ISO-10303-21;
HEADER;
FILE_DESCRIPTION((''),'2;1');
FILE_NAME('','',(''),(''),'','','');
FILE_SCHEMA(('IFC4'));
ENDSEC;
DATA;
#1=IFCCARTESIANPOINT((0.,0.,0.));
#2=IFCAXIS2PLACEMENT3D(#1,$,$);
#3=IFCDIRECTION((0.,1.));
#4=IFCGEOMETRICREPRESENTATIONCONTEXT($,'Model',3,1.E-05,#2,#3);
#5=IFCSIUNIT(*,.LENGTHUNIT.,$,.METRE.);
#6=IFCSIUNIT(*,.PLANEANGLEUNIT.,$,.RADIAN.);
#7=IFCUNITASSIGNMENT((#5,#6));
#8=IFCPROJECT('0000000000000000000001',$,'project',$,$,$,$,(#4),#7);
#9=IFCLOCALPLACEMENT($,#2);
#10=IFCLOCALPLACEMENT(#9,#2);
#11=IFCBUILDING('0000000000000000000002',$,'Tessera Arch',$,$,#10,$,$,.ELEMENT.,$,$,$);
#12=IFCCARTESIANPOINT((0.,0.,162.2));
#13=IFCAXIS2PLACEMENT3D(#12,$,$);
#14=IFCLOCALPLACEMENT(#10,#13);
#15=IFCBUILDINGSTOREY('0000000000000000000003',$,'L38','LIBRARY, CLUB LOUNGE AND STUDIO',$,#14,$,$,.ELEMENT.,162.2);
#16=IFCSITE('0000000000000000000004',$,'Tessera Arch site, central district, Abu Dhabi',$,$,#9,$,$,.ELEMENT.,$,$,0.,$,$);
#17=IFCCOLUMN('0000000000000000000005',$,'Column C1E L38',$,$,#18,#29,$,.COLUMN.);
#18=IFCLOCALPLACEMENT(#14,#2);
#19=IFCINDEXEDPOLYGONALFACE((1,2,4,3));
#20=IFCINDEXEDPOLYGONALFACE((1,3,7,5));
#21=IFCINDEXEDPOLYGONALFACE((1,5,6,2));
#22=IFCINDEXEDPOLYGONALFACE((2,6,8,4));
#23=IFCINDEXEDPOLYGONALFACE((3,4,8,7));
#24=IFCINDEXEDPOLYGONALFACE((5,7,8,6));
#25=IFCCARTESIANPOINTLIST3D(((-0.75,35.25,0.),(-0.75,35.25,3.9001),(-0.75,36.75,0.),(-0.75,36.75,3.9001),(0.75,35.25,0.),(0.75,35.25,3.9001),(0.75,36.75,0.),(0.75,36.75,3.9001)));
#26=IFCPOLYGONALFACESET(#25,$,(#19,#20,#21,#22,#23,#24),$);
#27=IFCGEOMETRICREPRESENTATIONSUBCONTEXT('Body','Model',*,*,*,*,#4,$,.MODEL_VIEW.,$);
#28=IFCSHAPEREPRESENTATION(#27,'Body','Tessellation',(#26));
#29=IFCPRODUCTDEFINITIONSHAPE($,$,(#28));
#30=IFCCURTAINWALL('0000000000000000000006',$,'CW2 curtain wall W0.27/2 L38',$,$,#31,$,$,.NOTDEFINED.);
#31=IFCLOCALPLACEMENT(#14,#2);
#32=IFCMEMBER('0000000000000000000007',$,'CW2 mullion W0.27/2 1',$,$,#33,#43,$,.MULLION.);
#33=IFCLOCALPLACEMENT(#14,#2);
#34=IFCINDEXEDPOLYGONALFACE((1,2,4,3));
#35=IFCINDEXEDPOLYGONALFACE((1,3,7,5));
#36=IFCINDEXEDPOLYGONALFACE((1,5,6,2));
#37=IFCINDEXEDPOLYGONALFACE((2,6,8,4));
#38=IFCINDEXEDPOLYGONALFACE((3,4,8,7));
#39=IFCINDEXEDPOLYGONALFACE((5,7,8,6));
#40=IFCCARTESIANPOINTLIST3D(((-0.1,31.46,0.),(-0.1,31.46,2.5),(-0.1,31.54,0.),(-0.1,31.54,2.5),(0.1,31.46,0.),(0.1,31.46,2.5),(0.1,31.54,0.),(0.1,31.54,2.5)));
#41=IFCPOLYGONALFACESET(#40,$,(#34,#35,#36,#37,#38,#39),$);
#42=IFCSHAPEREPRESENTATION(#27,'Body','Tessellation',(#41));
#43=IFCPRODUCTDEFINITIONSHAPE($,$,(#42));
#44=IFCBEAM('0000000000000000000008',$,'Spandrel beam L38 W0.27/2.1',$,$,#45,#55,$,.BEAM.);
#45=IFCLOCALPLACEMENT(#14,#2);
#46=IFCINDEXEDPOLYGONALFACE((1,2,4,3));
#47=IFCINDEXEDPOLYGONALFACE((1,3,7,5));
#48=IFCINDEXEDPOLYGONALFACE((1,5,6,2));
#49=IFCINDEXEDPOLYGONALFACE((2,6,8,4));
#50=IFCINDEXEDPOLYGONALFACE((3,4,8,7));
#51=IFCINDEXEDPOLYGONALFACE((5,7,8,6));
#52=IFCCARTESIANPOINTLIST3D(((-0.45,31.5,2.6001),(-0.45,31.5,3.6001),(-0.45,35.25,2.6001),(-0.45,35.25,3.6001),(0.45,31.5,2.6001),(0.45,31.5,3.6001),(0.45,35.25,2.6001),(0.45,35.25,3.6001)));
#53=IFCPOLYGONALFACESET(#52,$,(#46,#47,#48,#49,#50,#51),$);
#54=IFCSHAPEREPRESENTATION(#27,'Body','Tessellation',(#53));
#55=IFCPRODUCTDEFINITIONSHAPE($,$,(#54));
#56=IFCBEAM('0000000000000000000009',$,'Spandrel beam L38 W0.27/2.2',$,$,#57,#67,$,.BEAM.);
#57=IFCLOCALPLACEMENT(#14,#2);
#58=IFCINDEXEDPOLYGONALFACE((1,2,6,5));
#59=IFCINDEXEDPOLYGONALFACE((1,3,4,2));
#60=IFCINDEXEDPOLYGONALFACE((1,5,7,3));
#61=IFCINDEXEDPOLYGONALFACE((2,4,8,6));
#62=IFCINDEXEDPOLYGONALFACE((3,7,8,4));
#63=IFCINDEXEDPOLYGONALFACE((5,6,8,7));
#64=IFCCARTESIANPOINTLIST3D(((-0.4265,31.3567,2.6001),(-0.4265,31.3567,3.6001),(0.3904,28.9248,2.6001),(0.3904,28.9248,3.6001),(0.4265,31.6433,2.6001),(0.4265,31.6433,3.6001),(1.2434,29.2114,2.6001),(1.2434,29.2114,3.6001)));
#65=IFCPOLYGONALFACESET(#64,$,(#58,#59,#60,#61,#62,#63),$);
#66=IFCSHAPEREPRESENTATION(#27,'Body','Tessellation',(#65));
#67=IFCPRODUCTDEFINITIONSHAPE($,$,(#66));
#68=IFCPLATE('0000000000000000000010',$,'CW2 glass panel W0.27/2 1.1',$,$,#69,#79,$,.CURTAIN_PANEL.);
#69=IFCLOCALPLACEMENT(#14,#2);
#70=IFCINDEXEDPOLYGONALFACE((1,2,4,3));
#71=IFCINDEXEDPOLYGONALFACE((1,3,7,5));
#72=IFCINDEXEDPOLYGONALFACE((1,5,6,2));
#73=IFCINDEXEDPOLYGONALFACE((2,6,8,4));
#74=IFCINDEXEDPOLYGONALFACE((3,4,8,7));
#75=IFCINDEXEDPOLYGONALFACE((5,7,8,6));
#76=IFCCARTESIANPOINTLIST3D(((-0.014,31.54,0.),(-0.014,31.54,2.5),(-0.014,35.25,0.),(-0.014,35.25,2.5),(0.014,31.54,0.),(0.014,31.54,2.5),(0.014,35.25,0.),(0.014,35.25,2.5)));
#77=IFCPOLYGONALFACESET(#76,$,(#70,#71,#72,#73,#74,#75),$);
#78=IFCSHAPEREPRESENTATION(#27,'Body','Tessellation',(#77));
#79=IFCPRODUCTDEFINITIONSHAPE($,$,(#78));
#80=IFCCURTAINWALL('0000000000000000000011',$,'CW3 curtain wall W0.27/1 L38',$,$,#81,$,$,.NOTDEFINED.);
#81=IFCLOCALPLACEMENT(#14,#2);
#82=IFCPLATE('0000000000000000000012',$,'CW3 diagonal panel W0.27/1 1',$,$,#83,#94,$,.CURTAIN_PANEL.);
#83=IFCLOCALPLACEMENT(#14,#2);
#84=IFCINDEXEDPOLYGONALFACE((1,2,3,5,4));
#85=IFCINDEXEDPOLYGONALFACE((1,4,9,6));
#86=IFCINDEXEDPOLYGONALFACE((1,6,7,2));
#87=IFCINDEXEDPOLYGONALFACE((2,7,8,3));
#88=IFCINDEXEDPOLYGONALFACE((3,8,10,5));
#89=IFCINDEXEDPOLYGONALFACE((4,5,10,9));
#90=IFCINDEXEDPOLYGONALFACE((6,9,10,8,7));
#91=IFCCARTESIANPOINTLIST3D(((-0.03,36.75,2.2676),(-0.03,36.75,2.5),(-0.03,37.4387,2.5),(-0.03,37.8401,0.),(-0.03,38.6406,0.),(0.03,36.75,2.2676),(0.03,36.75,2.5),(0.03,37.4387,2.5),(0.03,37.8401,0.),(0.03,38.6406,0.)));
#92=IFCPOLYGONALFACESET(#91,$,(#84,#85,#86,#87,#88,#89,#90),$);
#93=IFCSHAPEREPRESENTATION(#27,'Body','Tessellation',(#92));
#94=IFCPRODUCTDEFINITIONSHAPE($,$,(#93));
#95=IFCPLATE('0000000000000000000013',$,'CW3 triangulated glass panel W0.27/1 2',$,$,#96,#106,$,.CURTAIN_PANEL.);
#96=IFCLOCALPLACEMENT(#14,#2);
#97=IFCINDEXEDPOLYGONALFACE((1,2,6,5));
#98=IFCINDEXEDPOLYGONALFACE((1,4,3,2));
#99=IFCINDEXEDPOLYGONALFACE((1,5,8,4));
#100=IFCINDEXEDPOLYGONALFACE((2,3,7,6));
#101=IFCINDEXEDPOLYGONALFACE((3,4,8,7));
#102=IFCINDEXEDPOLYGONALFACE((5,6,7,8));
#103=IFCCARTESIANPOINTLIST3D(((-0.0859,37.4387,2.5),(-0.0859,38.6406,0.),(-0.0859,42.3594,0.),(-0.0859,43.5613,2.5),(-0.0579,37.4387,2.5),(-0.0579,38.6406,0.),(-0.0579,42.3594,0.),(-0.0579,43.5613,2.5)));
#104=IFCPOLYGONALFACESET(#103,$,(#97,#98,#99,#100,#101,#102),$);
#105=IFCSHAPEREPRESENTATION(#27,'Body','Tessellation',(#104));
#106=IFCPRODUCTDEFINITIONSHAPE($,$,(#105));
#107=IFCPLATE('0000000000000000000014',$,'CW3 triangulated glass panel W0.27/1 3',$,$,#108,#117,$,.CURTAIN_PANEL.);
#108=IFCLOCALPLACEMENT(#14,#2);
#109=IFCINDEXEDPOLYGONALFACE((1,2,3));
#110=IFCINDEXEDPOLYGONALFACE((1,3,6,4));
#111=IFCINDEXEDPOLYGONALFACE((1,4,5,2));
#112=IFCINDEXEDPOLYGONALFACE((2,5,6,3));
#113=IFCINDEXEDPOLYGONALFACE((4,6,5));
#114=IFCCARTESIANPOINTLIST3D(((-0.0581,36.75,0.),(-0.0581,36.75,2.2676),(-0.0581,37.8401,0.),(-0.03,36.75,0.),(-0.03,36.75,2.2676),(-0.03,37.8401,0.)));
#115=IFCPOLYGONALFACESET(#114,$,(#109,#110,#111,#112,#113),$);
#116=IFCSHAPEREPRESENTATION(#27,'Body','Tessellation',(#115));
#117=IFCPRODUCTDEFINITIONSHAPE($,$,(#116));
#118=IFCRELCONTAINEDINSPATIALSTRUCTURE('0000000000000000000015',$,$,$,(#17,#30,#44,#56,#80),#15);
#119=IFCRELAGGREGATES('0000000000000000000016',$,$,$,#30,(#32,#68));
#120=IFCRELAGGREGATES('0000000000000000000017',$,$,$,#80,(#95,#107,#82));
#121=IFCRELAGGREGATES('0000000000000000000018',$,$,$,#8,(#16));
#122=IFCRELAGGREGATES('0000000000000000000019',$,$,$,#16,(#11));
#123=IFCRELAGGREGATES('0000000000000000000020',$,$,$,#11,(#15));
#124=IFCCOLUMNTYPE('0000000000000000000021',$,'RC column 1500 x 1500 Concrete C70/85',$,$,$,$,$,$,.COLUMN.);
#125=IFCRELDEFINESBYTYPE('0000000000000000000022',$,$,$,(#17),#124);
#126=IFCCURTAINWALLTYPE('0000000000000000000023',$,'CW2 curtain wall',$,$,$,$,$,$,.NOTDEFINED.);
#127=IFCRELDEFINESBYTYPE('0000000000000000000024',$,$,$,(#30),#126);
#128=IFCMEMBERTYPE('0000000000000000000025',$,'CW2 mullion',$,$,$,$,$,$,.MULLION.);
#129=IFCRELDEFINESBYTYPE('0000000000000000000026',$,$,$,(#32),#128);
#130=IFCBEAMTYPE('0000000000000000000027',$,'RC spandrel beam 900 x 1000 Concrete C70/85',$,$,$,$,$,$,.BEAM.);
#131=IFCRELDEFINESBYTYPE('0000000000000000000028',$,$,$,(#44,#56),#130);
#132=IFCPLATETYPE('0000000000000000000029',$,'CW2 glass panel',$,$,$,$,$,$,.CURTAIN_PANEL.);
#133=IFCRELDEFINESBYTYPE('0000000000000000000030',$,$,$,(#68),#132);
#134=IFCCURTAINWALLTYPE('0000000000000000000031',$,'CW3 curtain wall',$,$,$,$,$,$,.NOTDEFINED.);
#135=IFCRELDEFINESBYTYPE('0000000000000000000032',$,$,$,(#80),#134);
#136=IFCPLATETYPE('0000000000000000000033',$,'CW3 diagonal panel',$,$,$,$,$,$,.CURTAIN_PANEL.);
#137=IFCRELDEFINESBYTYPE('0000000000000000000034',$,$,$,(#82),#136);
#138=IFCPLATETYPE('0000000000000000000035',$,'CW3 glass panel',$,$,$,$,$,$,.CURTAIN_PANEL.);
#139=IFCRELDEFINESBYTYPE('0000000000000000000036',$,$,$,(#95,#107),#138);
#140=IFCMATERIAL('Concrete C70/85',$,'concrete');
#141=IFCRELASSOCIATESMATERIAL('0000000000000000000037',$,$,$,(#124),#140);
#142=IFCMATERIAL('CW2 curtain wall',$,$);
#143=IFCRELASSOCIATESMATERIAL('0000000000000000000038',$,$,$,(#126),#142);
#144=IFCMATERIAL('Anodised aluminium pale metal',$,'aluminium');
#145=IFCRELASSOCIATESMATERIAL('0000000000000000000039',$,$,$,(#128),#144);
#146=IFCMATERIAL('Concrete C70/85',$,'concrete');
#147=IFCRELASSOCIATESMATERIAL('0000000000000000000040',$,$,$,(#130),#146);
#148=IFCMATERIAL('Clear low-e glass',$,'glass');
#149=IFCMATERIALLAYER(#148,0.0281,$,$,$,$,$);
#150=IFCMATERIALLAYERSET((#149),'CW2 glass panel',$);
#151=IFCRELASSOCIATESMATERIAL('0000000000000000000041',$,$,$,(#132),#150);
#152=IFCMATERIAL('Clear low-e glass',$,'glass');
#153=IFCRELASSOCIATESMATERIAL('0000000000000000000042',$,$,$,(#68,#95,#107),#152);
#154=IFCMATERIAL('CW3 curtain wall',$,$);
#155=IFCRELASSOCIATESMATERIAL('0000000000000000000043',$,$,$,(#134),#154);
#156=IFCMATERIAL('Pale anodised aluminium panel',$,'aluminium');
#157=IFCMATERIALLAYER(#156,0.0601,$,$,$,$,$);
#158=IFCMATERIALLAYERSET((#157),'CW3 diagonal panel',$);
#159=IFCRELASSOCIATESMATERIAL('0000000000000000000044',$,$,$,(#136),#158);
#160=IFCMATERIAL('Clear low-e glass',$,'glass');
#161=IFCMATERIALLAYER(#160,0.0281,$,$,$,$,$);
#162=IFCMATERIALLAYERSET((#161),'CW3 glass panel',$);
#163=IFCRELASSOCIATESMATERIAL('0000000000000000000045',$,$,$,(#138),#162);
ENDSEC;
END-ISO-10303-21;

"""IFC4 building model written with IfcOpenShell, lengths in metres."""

from ifc_helpers import new_model, si_unit, direction, frame, origin, origin_2d, place, context, subcontext, project, spatial, polyline, rectangle, outline, extrude, material, layer, layer_set, material_profile, profile_set, type_object, element, aggregate, save


model = new_model("IFC4")

# Units and contexts
model_context = context("Model", 3, precision=1e-05, world=origin(), true_north=direction((0.0, 1.0)))
body_context = subcontext(model_context, "Body", "Model", "MODEL_VIEW")
ifc_project = project(units=[si_unit("LENGTHUNIT", "METRE"), si_unit("PLANEANGLEUNIT", "RADIAN")], contexts=[model_context])

# Site, building, storey
site_placement = place(None, origin())
site = spatial("IfcSite", under=ifc_project, at=site_placement, Name="Tessera Arch site, central district, Abu Dhabi", CompositionType="ELEMENT", RefElevation=0.0)
building_placement = place(site_placement, origin())
building = spatial("IfcBuilding", under=site, at=building_placement, Name="Tessera Arch", CompositionType="ELEMENT")
storey_placement = place(building_placement, frame((0.0, 0.0, 162.2)))
storey = spatial("IfcBuildingStorey", under=building, at=storey_placement, Name="L38", Description="LIBRARY, CLUB LOUNGE AND STUDIO", CompositionType="ELEMENT", Elevation=162.2)

# Column
ifc_material_1 = material(Name="Concrete C70/85", Category="concrete")
ifc_material_profile_1 = material_profile(ifc_material_1, rectangle(XDim=1.5, YDim=1.5, at=origin_2d()), Name="RC column 1500 x 1500 Concrete C70/85")
ifc_profile_set_1 = profile_set([ifc_material_profile_1], Name="Concrete C70/85")
column_type = type_object("IfcColumnType", Name="RC column 1500 x 1500 Concrete C70/85", PredefinedType="COLUMN", material=ifc_profile_set_1)
column_placement = place(storey_placement, frame((0.0, 36.0, 0.0), z_axis=(0.0, 0.0, 1.0), x_axis=(1.0, 0.0, 0.0)))
element("IfcColumn", 1, at=column_placement, inside=storey, type_object=column_type, Name="Column C1E L38", PredefinedType="COLUMN", context=body_context, shape_type="SweptSolid", body=[
    extrude(rectangle(XDim=1.5, YDim=1.5, at=origin_2d()), origin(), (0.0, 0.0, 1.0), 3.9001),
])

# Curtain wall, member
ifc_material_2 = material(Name="CW2 curtain wall")
curtain_wall_type_1 = type_object("IfcCurtainWallType", Name="CW2 curtain wall", PredefinedType="NOTDEFINED", material=ifc_material_2)
curtain_wall_1_placement = place(storey_placement, origin())
curtain_wall_1 = element("IfcCurtainWall", 2, at=curtain_wall_1_placement, inside=storey, type_object=curtain_wall_type_1, Name="CW2 curtain wall W0.27/2 L38", PredefinedType="NOTDEFINED")
ifc_material_3 = material(Name="Anodised aluminium pale metal", Category="aluminium")
ifc_material_profile_2 = material_profile(ifc_material_3, rectangle(XDim=0.2, YDim=0.0801, at=origin_2d()), Name="AL 80x200")
ifc_profile_set_2 = profile_set([ifc_material_profile_2], Name="Anodised aluminium pale metal")
member_type = type_object("IfcMemberType", Name="CW2 mullion", PredefinedType="MULLION", material=ifc_profile_set_2)
member_placement = place(storey_placement, frame((0.0, 31.5, 0.0), z_axis=(0.0, 0.0, 1.0), x_axis=(1.0, 0.0, 0.0)))
member = element("IfcMember", 3, at=member_placement, type_object=member_type, Name="CW2 mullion W0.27/2 1", PredefinedType="MULLION", context=body_context, shape_type="SweptSolid", body=[
    extrude(rectangle(XDim=0.2, YDim=0.0801, at=origin_2d()), origin(), (0.0, 0.0, 1.0), 2.5),
])

# Beams
ifc_material_4 = material(Name="Concrete C70/85", Category="concrete")
ifc_material_profile_3 = material_profile(ifc_material_4, rectangle(XDim=0.8999, YDim=1.0, at=origin_2d()), Name="RC spandrel beam 900 x 1000 Concrete C70/85")
ifc_profile_set_3 = profile_set([ifc_material_profile_3], Name="Concrete C70/85")
beam_type = type_object("IfcBeamType", Name="RC spandrel beam 900 x 1000 Concrete C70/85", PredefinedType="BEAM", material=ifc_profile_set_3)
beam_1_placement = place(storey_placement, frame((0.0, 35.25, 3.1001), z_axis=(0.0, -1.0, 0.0), x_axis=(1.0, 0.0, 0.0)))
element("IfcBeam", 4, at=beam_1_placement, inside=storey, type_object=beam_type, Name="Spandrel beam L38 W0.27/2.1", PredefinedType="BEAM", context=body_context, shape_type="SweptSolid", body=[
    extrude(rectangle(XDim=0.8999, YDim=1.0, at=origin_2d()), origin(), (0.0, 0.0, 1.0), 3.75),
])
beam_2_placement = place(storey_placement, frame((0.0, 31.5, 3.1001), z_axis=(0.318425, -0.947948, 0.0), x_axis=(0.947948, 0.318425, 0.0)))
element("IfcBeam", 5, at=beam_2_placement, inside=storey, type_object=beam_type, Name="Spandrel beam L38 W0.27/2.2", PredefinedType="BEAM", context=body_context, shape_type="SweptSolid", body=[
    extrude(rectangle(XDim=0.8999, YDim=1.0, at=origin_2d()), origin(), (0.0, 0.0, 1.0), 2.5654),
])

# Plate
ifc_material_5 = material(Name="Clear low-e glass", Category="glass")
ifc_material_6 = material(Name="Clear low-e glass", Category="glass")
ifc_layer_1 = layer(ifc_material_6, 0.0281)
ifc_layer_set_1 = layer_set([ifc_layer_1], Name="CW2 glass panel")
plate_type_1 = type_object("IfcPlateType", Name="CW2 glass panel", PredefinedType="CURTAIN_PANEL", material=ifc_layer_set_1)
plate_1_placement = place(storey_placement, frame((0.0, 33.395, 0.0), z_axis=(0.0, 0.0, 1.0), x_axis=(0.0, -1.0, 0.0)))
plate_1 = element("IfcPlate", 6, at=plate_1_placement, type_object=plate_type_1, material=ifc_material_5, Name="CW2 glass panel W0.27/2 1.1", PredefinedType="CURTAIN_PANEL", context=body_context, shape_type="SweptSolid", body=[
    extrude(rectangle(XDim=3.71, YDim=0.0281, at=origin_2d()), origin(), (0.0, 0.0, 1.0), 2.5),
])
aggregate(curtain_wall_1, [member, plate_1])

# Curtain wall, plates
ifc_material_7 = material(Name="CW3 curtain wall")
curtain_wall_type_2 = type_object("IfcCurtainWallType", Name="CW3 curtain wall", PredefinedType="NOTDEFINED", material=ifc_material_7)
curtain_wall_2_placement = place(storey_placement, origin())
curtain_wall_2 = element("IfcCurtainWall", 7, at=curtain_wall_2_placement, inside=storey, type_object=curtain_wall_type_2, Name="CW3 curtain wall W0.27/1 L38", PredefinedType="NOTDEFINED")
ifc_material_8 = material(Name="Pale anodised aluminium panel", Category="aluminium")
ifc_layer_2 = layer(ifc_material_8, 0.0601)
ifc_layer_set_2 = layer_set([ifc_layer_2], Name="CW3 diagonal panel")
plate_type_2 = type_object("IfcPlateType", Name="CW3 diagonal panel", PredefinedType="CURTAIN_PANEL", material=ifc_layer_set_2)
plate_2_placement = place(storey_placement, frame((-0.03, 36.75, 2.5), z_axis=(-1.0, 0.0, 0.0), x_axis=(0.0, 1.0, 0.0)))
plate_2 = element("IfcPlate", 8, at=plate_2_placement, type_object=plate_type_2, Name="CW3 diagonal panel W0.27/1 1", PredefinedType="CURTAIN_PANEL", context=body_context, shape_type="SweptSolid", body=[
    extrude(outline(polyline([(0.0, 0.0), (0.6887, 0.0), (1.8906, 2.5), (1.0901, 2.5), (0.0, 0.2324), (0.0, 0.0)])), origin(), (0.0, 0.0, -1.0), 0.0601),
])
ifc_material_9 = material(Name="Clear low-e glass", Category="glass")
ifc_layer_3 = layer(ifc_material_9, 0.0281)
ifc_layer_set_3 = layer_set([ifc_layer_3], Name="CW3 glass panel")
plate_type_3 = type_object("IfcPlateType", Name="CW3 glass panel", PredefinedType="CURTAIN_PANEL", material=ifc_layer_set_3)
plate_3_placement = place(storey_placement, frame((-0.0859, 37.4387, 2.5), z_axis=(-1.0, 0.0, 0.0), x_axis=(0.0, 1.0, 0.0)))
plate_3 = element("IfcPlate", 9, at=plate_3_placement, type_object=plate_type_3, material=ifc_material_5, Name="CW3 triangulated glass panel W0.27/1 2", PredefinedType="CURTAIN_PANEL", context=body_context, shape_type="SweptSolid", body=[
    extrude(outline(polyline([(0.0, 0.0), (6.1226, 0.0), (4.9207, 2.5), (1.2019, 2.5), (0.0, 0.0)])), origin(), (0.0, 0.0, -1.0), 0.0281),
])
plate_4_placement = place(storey_placement, frame((-0.0581, 36.75, 0.0), z_axis=(-1.0, 0.0, 0.0), x_axis=(0.0, 0.0, 1.0)))
plate_4 = element("IfcPlate", 10, at=plate_4_placement, type_object=plate_type_3, material=ifc_material_5, Name="CW3 triangulated glass panel W0.27/1 3", PredefinedType="CURTAIN_PANEL", context=body_context, shape_type="SweptSolid", body=[
    extrude(outline(polyline([(0.0, 0.0), (2.2676, 0.0), (0.0, 1.0901), (0.0, 0.0)])), origin(), (0.0, 0.0, -1.0), 0.0281),
])
aggregate(curtain_wall_2, [plate_3, plate_4, plate_2])

save(model, "model.ifc")
